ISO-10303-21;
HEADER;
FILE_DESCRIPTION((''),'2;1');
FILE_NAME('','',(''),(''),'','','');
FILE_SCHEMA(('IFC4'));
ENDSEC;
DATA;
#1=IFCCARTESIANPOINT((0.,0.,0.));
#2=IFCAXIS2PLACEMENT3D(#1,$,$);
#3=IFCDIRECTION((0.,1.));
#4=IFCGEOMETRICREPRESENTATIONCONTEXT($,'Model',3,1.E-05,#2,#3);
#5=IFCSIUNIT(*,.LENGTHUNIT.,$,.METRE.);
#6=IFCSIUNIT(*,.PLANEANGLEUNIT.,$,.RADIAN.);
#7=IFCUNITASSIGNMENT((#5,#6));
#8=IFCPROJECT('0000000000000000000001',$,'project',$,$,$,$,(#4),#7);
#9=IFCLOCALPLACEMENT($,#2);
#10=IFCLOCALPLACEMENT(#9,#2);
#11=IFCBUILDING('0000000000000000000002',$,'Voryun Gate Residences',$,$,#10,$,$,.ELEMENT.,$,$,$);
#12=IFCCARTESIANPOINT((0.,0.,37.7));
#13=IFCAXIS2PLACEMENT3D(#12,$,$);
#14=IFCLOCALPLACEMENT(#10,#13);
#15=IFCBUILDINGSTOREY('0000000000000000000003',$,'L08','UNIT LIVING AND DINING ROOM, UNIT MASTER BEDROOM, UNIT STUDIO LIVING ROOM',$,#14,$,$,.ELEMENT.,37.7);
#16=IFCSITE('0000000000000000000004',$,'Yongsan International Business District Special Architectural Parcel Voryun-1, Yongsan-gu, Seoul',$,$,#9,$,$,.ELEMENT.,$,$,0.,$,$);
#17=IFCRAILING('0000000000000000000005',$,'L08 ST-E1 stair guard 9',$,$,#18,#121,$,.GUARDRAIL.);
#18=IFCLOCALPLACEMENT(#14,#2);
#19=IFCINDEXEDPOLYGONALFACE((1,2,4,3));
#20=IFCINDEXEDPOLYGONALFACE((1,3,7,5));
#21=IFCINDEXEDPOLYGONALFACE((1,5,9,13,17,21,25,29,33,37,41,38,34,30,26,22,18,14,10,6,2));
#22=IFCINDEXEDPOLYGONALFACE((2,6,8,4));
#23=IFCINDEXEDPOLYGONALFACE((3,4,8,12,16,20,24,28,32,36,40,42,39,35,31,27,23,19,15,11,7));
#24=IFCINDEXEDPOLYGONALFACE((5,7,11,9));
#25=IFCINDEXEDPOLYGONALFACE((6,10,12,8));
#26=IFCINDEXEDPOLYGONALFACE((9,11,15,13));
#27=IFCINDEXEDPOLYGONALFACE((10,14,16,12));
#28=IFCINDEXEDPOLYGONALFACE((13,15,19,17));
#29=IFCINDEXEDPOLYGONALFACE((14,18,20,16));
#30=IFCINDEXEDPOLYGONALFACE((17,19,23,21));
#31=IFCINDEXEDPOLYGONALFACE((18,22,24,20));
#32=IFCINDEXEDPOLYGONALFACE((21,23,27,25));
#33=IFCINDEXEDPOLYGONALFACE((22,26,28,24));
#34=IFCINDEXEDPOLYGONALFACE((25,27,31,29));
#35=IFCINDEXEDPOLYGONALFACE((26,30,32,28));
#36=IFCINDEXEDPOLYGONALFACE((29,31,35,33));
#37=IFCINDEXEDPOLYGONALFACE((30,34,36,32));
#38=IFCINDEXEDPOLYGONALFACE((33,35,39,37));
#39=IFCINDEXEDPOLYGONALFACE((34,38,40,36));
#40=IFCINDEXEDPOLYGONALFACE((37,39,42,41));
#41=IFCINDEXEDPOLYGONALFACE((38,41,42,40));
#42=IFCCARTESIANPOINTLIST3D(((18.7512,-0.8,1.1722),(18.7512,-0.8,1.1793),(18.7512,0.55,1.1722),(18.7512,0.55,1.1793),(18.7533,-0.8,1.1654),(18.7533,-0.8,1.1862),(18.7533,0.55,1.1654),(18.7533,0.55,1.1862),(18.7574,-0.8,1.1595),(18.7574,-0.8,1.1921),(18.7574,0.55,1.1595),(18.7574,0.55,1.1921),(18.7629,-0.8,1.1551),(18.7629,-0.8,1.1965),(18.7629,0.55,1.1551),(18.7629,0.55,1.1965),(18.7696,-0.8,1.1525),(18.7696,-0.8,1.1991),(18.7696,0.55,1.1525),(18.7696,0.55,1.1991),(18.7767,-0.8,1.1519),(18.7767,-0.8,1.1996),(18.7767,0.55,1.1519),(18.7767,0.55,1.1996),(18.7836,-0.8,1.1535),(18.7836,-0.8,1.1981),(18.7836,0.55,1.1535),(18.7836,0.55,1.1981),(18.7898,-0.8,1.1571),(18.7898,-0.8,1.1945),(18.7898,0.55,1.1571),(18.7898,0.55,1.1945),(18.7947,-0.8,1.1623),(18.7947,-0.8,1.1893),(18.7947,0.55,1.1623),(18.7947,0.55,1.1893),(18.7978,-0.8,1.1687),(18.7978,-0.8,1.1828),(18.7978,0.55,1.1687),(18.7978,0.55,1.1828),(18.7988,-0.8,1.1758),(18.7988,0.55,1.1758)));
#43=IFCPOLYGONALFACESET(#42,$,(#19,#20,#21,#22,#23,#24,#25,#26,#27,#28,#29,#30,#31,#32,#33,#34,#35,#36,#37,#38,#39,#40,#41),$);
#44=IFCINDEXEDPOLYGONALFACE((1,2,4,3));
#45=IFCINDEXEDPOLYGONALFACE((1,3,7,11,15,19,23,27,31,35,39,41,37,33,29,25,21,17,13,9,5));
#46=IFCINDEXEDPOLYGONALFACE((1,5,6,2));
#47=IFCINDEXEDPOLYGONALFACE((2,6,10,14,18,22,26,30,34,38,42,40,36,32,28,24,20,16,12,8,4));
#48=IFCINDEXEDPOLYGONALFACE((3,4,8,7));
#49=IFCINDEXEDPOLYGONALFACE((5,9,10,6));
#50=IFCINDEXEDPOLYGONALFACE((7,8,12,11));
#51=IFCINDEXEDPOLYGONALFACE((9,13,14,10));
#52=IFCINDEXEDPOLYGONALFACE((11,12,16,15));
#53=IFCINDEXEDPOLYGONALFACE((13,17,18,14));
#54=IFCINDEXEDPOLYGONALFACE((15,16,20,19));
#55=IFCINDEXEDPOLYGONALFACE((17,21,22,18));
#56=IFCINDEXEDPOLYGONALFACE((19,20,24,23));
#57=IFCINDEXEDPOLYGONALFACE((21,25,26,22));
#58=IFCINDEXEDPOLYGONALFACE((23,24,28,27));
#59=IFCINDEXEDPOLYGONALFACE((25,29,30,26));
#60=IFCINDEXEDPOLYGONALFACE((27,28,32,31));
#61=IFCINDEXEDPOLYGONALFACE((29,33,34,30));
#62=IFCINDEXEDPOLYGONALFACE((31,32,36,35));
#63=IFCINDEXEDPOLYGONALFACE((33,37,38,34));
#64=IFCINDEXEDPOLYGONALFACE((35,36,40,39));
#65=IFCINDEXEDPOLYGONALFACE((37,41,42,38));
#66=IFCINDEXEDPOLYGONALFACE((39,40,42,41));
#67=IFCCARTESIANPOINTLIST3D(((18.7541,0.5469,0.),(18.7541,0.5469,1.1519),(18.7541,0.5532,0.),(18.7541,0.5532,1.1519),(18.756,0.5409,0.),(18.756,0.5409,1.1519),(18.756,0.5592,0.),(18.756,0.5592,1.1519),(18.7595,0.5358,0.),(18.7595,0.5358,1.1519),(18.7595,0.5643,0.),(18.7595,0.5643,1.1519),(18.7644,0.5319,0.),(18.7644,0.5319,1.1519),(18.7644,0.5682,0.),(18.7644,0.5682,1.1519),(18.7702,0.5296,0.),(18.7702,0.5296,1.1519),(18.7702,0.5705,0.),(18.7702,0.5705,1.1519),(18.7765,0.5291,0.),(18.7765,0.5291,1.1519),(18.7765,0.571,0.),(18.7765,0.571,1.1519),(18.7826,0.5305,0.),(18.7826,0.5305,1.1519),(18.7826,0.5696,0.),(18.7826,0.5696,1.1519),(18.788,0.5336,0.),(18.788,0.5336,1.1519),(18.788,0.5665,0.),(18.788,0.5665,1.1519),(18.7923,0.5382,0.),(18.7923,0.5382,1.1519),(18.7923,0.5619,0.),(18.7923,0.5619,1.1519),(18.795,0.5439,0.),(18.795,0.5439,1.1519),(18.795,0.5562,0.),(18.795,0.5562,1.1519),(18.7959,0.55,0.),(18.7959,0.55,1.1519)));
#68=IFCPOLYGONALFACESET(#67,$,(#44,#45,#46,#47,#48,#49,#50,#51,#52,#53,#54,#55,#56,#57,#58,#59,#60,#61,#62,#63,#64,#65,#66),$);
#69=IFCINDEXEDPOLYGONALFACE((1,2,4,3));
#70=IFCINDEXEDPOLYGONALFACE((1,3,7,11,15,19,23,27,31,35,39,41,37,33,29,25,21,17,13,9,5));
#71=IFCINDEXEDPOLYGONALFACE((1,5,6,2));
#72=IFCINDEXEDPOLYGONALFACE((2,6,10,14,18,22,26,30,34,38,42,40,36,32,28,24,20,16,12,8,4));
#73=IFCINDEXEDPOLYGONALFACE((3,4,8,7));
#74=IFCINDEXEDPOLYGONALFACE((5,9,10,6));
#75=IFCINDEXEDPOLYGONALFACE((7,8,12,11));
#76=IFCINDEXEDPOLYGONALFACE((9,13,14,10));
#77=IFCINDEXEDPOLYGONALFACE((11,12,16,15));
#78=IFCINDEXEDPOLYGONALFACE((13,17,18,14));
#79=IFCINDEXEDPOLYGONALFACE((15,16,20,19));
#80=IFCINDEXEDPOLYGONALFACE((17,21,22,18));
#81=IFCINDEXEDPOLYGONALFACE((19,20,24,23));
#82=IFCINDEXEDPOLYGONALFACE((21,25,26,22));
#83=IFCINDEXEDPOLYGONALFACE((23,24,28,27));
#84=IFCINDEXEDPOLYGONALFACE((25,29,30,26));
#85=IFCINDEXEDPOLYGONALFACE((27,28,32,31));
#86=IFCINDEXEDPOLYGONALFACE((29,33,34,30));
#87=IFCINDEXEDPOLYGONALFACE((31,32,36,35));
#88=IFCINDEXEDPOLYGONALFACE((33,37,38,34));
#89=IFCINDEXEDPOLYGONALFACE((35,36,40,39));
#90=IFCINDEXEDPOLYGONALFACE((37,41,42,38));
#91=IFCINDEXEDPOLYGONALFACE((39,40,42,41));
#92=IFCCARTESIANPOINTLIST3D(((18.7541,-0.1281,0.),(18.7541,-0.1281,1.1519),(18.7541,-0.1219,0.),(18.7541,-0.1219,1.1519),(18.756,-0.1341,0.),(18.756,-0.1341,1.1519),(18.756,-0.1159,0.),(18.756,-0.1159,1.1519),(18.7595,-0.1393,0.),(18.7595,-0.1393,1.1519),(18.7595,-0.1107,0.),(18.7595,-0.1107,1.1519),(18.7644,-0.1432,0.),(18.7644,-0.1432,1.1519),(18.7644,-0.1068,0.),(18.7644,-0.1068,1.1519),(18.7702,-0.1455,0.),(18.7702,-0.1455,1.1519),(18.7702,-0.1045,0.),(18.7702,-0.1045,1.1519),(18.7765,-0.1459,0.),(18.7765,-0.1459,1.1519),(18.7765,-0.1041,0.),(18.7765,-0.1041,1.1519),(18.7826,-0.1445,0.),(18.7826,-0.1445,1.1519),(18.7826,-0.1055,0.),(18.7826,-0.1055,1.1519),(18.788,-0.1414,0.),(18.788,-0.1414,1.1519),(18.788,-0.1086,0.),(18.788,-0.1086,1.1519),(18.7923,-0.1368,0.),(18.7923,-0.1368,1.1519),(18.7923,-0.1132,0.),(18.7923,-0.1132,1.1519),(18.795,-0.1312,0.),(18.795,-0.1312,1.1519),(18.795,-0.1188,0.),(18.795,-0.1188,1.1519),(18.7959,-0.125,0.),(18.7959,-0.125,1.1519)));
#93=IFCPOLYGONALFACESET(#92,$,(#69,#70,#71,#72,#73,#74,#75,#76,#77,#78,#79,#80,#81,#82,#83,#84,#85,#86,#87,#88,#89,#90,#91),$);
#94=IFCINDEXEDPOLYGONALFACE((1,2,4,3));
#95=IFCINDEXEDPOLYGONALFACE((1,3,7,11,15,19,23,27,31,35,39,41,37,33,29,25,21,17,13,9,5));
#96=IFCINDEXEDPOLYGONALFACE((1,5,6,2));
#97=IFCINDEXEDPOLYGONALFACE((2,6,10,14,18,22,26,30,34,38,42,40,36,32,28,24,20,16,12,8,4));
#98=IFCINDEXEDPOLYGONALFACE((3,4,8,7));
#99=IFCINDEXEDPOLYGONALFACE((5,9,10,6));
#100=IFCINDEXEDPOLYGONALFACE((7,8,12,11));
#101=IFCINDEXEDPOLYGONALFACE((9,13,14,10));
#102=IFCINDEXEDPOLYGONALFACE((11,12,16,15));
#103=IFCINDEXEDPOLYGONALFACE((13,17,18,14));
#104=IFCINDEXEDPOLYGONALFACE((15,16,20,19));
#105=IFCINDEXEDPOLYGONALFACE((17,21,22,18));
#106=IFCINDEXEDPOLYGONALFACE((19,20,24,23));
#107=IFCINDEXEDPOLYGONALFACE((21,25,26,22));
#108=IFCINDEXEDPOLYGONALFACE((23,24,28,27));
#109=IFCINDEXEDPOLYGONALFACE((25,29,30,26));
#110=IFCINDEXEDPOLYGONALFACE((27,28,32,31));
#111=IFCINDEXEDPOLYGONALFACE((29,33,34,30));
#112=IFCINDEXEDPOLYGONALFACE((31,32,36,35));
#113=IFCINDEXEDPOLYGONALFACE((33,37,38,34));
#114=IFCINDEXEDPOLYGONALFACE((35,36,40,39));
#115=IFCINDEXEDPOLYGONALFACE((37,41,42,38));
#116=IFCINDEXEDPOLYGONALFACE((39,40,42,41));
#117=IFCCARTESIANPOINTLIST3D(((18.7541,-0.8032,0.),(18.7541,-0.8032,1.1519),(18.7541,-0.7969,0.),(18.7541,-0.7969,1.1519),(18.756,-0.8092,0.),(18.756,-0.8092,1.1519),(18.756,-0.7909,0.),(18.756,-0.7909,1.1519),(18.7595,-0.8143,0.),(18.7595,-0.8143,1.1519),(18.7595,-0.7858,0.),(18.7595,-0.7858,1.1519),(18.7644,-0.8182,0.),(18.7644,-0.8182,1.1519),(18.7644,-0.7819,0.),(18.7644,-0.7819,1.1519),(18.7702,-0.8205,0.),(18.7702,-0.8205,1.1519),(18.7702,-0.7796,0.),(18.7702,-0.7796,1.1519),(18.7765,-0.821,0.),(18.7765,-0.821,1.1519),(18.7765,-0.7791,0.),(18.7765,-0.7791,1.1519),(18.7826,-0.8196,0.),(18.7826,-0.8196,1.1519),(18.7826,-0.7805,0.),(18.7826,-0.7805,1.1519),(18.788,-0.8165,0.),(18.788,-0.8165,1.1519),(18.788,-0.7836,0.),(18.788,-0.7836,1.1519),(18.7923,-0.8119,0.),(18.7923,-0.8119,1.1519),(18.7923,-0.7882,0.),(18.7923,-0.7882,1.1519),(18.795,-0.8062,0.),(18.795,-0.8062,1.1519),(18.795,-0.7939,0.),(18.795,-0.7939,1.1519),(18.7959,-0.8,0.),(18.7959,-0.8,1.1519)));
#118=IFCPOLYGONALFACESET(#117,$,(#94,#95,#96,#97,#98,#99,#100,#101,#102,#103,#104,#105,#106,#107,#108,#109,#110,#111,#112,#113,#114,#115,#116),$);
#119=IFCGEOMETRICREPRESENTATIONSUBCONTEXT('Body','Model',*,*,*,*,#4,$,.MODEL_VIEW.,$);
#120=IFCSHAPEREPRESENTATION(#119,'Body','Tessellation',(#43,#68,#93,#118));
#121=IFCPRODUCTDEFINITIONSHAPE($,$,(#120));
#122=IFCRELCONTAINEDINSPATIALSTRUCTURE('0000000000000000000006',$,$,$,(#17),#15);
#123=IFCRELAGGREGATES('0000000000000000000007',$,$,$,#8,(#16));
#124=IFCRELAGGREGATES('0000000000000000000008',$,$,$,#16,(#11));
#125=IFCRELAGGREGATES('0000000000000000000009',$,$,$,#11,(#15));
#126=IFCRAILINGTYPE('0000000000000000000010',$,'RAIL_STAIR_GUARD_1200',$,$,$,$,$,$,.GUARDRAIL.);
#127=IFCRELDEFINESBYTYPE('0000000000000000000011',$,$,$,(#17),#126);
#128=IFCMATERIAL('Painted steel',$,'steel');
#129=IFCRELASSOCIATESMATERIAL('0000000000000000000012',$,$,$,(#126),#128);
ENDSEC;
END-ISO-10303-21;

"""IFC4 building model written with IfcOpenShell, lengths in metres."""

from ifc_helpers import new_model, si_unit, direction, frame, origin, origin_2d, place, context, subcontext, project, spatial, circle, extrude, material, type_object, element, save


model = new_model("IFC4")

# Units and contexts
model_context = context("Model", 3, precision=1e-05, world=origin(), true_north=direction((0.0, 1.0)))
body_context = subcontext(model_context, "Body", "Model", "MODEL_VIEW")
ifc_project = project(units=[si_unit("LENGTHUNIT", "METRE"), si_unit("PLANEANGLEUNIT", "RADIAN")], contexts=[model_context])

# Site, building, storey
site_placement = place(None, origin())
site = spatial("IfcSite", under=ifc_project, at=site_placement, Name="Yongsan International Business District Special Architectural Parcel Voryun-1, Yongsan-gu, Seoul", CompositionType="ELEMENT", RefElevation=0.0)
building_placement = place(site_placement, origin())
building = spatial("IfcBuilding", under=site, at=building_placement, Name="Voryun Gate Residences", CompositionType="ELEMENT")
storey_placement = place(building_placement, frame((0.0, 0.0, 37.7)))
storey = spatial("IfcBuildingStorey", under=building, at=storey_placement, Name="L08", Description="UNIT LIVING AND DINING ROOM, UNIT MASTER BEDROOM, UNIT STUDIO LIVING ROOM", CompositionType="ELEMENT", Elevation=37.7)

# Railing
ifc_material_1 = material(Name="Painted steel", Category="steel")
railing_type = type_object("IfcRailingType", Name="RAIL_STAIR_GUARD_1200", PredefinedType="GUARDRAIL", material=ifc_material_1)
for number, where, name in (
    (1, (18.7749, 0.55, 0.0), "L08 ST-E1 stair guard 9"),
):
    element("IfcRailing", number, at=place(storey_placement, frame(where)), inside=storey, type_object=railing_type, Name=name, PredefinedType="GUARDRAIL", context=body_context, shape_type="SweptSolid", body=[
        extrude(circle(Radius=0.0239, at=origin_2d()), frame((0.0, 0.0, 1.1758), z_axis=(0.0, -1.0, 0.0), x_axis=(1.0, 0.0, 0.0)), (0.0, 0.0, 1.0), 1.3501),
        extrude(circle(Radius=0.021, at=origin_2d()), origin(), (0.0, 0.0, 1.0), 1.1519),
        extrude(circle(Radius=0.021, at=origin_2d()), frame((0.0, -0.675, 0.0)), (0.0, 0.0, 1.0), 1.1519),
        extrude(circle(Radius=0.021, at=origin_2d()), frame((0.0, -1.3501, 0.0)), (0.0, 0.0, 1.0), 1.1519),
    ])

save(model, "model.ifc")
